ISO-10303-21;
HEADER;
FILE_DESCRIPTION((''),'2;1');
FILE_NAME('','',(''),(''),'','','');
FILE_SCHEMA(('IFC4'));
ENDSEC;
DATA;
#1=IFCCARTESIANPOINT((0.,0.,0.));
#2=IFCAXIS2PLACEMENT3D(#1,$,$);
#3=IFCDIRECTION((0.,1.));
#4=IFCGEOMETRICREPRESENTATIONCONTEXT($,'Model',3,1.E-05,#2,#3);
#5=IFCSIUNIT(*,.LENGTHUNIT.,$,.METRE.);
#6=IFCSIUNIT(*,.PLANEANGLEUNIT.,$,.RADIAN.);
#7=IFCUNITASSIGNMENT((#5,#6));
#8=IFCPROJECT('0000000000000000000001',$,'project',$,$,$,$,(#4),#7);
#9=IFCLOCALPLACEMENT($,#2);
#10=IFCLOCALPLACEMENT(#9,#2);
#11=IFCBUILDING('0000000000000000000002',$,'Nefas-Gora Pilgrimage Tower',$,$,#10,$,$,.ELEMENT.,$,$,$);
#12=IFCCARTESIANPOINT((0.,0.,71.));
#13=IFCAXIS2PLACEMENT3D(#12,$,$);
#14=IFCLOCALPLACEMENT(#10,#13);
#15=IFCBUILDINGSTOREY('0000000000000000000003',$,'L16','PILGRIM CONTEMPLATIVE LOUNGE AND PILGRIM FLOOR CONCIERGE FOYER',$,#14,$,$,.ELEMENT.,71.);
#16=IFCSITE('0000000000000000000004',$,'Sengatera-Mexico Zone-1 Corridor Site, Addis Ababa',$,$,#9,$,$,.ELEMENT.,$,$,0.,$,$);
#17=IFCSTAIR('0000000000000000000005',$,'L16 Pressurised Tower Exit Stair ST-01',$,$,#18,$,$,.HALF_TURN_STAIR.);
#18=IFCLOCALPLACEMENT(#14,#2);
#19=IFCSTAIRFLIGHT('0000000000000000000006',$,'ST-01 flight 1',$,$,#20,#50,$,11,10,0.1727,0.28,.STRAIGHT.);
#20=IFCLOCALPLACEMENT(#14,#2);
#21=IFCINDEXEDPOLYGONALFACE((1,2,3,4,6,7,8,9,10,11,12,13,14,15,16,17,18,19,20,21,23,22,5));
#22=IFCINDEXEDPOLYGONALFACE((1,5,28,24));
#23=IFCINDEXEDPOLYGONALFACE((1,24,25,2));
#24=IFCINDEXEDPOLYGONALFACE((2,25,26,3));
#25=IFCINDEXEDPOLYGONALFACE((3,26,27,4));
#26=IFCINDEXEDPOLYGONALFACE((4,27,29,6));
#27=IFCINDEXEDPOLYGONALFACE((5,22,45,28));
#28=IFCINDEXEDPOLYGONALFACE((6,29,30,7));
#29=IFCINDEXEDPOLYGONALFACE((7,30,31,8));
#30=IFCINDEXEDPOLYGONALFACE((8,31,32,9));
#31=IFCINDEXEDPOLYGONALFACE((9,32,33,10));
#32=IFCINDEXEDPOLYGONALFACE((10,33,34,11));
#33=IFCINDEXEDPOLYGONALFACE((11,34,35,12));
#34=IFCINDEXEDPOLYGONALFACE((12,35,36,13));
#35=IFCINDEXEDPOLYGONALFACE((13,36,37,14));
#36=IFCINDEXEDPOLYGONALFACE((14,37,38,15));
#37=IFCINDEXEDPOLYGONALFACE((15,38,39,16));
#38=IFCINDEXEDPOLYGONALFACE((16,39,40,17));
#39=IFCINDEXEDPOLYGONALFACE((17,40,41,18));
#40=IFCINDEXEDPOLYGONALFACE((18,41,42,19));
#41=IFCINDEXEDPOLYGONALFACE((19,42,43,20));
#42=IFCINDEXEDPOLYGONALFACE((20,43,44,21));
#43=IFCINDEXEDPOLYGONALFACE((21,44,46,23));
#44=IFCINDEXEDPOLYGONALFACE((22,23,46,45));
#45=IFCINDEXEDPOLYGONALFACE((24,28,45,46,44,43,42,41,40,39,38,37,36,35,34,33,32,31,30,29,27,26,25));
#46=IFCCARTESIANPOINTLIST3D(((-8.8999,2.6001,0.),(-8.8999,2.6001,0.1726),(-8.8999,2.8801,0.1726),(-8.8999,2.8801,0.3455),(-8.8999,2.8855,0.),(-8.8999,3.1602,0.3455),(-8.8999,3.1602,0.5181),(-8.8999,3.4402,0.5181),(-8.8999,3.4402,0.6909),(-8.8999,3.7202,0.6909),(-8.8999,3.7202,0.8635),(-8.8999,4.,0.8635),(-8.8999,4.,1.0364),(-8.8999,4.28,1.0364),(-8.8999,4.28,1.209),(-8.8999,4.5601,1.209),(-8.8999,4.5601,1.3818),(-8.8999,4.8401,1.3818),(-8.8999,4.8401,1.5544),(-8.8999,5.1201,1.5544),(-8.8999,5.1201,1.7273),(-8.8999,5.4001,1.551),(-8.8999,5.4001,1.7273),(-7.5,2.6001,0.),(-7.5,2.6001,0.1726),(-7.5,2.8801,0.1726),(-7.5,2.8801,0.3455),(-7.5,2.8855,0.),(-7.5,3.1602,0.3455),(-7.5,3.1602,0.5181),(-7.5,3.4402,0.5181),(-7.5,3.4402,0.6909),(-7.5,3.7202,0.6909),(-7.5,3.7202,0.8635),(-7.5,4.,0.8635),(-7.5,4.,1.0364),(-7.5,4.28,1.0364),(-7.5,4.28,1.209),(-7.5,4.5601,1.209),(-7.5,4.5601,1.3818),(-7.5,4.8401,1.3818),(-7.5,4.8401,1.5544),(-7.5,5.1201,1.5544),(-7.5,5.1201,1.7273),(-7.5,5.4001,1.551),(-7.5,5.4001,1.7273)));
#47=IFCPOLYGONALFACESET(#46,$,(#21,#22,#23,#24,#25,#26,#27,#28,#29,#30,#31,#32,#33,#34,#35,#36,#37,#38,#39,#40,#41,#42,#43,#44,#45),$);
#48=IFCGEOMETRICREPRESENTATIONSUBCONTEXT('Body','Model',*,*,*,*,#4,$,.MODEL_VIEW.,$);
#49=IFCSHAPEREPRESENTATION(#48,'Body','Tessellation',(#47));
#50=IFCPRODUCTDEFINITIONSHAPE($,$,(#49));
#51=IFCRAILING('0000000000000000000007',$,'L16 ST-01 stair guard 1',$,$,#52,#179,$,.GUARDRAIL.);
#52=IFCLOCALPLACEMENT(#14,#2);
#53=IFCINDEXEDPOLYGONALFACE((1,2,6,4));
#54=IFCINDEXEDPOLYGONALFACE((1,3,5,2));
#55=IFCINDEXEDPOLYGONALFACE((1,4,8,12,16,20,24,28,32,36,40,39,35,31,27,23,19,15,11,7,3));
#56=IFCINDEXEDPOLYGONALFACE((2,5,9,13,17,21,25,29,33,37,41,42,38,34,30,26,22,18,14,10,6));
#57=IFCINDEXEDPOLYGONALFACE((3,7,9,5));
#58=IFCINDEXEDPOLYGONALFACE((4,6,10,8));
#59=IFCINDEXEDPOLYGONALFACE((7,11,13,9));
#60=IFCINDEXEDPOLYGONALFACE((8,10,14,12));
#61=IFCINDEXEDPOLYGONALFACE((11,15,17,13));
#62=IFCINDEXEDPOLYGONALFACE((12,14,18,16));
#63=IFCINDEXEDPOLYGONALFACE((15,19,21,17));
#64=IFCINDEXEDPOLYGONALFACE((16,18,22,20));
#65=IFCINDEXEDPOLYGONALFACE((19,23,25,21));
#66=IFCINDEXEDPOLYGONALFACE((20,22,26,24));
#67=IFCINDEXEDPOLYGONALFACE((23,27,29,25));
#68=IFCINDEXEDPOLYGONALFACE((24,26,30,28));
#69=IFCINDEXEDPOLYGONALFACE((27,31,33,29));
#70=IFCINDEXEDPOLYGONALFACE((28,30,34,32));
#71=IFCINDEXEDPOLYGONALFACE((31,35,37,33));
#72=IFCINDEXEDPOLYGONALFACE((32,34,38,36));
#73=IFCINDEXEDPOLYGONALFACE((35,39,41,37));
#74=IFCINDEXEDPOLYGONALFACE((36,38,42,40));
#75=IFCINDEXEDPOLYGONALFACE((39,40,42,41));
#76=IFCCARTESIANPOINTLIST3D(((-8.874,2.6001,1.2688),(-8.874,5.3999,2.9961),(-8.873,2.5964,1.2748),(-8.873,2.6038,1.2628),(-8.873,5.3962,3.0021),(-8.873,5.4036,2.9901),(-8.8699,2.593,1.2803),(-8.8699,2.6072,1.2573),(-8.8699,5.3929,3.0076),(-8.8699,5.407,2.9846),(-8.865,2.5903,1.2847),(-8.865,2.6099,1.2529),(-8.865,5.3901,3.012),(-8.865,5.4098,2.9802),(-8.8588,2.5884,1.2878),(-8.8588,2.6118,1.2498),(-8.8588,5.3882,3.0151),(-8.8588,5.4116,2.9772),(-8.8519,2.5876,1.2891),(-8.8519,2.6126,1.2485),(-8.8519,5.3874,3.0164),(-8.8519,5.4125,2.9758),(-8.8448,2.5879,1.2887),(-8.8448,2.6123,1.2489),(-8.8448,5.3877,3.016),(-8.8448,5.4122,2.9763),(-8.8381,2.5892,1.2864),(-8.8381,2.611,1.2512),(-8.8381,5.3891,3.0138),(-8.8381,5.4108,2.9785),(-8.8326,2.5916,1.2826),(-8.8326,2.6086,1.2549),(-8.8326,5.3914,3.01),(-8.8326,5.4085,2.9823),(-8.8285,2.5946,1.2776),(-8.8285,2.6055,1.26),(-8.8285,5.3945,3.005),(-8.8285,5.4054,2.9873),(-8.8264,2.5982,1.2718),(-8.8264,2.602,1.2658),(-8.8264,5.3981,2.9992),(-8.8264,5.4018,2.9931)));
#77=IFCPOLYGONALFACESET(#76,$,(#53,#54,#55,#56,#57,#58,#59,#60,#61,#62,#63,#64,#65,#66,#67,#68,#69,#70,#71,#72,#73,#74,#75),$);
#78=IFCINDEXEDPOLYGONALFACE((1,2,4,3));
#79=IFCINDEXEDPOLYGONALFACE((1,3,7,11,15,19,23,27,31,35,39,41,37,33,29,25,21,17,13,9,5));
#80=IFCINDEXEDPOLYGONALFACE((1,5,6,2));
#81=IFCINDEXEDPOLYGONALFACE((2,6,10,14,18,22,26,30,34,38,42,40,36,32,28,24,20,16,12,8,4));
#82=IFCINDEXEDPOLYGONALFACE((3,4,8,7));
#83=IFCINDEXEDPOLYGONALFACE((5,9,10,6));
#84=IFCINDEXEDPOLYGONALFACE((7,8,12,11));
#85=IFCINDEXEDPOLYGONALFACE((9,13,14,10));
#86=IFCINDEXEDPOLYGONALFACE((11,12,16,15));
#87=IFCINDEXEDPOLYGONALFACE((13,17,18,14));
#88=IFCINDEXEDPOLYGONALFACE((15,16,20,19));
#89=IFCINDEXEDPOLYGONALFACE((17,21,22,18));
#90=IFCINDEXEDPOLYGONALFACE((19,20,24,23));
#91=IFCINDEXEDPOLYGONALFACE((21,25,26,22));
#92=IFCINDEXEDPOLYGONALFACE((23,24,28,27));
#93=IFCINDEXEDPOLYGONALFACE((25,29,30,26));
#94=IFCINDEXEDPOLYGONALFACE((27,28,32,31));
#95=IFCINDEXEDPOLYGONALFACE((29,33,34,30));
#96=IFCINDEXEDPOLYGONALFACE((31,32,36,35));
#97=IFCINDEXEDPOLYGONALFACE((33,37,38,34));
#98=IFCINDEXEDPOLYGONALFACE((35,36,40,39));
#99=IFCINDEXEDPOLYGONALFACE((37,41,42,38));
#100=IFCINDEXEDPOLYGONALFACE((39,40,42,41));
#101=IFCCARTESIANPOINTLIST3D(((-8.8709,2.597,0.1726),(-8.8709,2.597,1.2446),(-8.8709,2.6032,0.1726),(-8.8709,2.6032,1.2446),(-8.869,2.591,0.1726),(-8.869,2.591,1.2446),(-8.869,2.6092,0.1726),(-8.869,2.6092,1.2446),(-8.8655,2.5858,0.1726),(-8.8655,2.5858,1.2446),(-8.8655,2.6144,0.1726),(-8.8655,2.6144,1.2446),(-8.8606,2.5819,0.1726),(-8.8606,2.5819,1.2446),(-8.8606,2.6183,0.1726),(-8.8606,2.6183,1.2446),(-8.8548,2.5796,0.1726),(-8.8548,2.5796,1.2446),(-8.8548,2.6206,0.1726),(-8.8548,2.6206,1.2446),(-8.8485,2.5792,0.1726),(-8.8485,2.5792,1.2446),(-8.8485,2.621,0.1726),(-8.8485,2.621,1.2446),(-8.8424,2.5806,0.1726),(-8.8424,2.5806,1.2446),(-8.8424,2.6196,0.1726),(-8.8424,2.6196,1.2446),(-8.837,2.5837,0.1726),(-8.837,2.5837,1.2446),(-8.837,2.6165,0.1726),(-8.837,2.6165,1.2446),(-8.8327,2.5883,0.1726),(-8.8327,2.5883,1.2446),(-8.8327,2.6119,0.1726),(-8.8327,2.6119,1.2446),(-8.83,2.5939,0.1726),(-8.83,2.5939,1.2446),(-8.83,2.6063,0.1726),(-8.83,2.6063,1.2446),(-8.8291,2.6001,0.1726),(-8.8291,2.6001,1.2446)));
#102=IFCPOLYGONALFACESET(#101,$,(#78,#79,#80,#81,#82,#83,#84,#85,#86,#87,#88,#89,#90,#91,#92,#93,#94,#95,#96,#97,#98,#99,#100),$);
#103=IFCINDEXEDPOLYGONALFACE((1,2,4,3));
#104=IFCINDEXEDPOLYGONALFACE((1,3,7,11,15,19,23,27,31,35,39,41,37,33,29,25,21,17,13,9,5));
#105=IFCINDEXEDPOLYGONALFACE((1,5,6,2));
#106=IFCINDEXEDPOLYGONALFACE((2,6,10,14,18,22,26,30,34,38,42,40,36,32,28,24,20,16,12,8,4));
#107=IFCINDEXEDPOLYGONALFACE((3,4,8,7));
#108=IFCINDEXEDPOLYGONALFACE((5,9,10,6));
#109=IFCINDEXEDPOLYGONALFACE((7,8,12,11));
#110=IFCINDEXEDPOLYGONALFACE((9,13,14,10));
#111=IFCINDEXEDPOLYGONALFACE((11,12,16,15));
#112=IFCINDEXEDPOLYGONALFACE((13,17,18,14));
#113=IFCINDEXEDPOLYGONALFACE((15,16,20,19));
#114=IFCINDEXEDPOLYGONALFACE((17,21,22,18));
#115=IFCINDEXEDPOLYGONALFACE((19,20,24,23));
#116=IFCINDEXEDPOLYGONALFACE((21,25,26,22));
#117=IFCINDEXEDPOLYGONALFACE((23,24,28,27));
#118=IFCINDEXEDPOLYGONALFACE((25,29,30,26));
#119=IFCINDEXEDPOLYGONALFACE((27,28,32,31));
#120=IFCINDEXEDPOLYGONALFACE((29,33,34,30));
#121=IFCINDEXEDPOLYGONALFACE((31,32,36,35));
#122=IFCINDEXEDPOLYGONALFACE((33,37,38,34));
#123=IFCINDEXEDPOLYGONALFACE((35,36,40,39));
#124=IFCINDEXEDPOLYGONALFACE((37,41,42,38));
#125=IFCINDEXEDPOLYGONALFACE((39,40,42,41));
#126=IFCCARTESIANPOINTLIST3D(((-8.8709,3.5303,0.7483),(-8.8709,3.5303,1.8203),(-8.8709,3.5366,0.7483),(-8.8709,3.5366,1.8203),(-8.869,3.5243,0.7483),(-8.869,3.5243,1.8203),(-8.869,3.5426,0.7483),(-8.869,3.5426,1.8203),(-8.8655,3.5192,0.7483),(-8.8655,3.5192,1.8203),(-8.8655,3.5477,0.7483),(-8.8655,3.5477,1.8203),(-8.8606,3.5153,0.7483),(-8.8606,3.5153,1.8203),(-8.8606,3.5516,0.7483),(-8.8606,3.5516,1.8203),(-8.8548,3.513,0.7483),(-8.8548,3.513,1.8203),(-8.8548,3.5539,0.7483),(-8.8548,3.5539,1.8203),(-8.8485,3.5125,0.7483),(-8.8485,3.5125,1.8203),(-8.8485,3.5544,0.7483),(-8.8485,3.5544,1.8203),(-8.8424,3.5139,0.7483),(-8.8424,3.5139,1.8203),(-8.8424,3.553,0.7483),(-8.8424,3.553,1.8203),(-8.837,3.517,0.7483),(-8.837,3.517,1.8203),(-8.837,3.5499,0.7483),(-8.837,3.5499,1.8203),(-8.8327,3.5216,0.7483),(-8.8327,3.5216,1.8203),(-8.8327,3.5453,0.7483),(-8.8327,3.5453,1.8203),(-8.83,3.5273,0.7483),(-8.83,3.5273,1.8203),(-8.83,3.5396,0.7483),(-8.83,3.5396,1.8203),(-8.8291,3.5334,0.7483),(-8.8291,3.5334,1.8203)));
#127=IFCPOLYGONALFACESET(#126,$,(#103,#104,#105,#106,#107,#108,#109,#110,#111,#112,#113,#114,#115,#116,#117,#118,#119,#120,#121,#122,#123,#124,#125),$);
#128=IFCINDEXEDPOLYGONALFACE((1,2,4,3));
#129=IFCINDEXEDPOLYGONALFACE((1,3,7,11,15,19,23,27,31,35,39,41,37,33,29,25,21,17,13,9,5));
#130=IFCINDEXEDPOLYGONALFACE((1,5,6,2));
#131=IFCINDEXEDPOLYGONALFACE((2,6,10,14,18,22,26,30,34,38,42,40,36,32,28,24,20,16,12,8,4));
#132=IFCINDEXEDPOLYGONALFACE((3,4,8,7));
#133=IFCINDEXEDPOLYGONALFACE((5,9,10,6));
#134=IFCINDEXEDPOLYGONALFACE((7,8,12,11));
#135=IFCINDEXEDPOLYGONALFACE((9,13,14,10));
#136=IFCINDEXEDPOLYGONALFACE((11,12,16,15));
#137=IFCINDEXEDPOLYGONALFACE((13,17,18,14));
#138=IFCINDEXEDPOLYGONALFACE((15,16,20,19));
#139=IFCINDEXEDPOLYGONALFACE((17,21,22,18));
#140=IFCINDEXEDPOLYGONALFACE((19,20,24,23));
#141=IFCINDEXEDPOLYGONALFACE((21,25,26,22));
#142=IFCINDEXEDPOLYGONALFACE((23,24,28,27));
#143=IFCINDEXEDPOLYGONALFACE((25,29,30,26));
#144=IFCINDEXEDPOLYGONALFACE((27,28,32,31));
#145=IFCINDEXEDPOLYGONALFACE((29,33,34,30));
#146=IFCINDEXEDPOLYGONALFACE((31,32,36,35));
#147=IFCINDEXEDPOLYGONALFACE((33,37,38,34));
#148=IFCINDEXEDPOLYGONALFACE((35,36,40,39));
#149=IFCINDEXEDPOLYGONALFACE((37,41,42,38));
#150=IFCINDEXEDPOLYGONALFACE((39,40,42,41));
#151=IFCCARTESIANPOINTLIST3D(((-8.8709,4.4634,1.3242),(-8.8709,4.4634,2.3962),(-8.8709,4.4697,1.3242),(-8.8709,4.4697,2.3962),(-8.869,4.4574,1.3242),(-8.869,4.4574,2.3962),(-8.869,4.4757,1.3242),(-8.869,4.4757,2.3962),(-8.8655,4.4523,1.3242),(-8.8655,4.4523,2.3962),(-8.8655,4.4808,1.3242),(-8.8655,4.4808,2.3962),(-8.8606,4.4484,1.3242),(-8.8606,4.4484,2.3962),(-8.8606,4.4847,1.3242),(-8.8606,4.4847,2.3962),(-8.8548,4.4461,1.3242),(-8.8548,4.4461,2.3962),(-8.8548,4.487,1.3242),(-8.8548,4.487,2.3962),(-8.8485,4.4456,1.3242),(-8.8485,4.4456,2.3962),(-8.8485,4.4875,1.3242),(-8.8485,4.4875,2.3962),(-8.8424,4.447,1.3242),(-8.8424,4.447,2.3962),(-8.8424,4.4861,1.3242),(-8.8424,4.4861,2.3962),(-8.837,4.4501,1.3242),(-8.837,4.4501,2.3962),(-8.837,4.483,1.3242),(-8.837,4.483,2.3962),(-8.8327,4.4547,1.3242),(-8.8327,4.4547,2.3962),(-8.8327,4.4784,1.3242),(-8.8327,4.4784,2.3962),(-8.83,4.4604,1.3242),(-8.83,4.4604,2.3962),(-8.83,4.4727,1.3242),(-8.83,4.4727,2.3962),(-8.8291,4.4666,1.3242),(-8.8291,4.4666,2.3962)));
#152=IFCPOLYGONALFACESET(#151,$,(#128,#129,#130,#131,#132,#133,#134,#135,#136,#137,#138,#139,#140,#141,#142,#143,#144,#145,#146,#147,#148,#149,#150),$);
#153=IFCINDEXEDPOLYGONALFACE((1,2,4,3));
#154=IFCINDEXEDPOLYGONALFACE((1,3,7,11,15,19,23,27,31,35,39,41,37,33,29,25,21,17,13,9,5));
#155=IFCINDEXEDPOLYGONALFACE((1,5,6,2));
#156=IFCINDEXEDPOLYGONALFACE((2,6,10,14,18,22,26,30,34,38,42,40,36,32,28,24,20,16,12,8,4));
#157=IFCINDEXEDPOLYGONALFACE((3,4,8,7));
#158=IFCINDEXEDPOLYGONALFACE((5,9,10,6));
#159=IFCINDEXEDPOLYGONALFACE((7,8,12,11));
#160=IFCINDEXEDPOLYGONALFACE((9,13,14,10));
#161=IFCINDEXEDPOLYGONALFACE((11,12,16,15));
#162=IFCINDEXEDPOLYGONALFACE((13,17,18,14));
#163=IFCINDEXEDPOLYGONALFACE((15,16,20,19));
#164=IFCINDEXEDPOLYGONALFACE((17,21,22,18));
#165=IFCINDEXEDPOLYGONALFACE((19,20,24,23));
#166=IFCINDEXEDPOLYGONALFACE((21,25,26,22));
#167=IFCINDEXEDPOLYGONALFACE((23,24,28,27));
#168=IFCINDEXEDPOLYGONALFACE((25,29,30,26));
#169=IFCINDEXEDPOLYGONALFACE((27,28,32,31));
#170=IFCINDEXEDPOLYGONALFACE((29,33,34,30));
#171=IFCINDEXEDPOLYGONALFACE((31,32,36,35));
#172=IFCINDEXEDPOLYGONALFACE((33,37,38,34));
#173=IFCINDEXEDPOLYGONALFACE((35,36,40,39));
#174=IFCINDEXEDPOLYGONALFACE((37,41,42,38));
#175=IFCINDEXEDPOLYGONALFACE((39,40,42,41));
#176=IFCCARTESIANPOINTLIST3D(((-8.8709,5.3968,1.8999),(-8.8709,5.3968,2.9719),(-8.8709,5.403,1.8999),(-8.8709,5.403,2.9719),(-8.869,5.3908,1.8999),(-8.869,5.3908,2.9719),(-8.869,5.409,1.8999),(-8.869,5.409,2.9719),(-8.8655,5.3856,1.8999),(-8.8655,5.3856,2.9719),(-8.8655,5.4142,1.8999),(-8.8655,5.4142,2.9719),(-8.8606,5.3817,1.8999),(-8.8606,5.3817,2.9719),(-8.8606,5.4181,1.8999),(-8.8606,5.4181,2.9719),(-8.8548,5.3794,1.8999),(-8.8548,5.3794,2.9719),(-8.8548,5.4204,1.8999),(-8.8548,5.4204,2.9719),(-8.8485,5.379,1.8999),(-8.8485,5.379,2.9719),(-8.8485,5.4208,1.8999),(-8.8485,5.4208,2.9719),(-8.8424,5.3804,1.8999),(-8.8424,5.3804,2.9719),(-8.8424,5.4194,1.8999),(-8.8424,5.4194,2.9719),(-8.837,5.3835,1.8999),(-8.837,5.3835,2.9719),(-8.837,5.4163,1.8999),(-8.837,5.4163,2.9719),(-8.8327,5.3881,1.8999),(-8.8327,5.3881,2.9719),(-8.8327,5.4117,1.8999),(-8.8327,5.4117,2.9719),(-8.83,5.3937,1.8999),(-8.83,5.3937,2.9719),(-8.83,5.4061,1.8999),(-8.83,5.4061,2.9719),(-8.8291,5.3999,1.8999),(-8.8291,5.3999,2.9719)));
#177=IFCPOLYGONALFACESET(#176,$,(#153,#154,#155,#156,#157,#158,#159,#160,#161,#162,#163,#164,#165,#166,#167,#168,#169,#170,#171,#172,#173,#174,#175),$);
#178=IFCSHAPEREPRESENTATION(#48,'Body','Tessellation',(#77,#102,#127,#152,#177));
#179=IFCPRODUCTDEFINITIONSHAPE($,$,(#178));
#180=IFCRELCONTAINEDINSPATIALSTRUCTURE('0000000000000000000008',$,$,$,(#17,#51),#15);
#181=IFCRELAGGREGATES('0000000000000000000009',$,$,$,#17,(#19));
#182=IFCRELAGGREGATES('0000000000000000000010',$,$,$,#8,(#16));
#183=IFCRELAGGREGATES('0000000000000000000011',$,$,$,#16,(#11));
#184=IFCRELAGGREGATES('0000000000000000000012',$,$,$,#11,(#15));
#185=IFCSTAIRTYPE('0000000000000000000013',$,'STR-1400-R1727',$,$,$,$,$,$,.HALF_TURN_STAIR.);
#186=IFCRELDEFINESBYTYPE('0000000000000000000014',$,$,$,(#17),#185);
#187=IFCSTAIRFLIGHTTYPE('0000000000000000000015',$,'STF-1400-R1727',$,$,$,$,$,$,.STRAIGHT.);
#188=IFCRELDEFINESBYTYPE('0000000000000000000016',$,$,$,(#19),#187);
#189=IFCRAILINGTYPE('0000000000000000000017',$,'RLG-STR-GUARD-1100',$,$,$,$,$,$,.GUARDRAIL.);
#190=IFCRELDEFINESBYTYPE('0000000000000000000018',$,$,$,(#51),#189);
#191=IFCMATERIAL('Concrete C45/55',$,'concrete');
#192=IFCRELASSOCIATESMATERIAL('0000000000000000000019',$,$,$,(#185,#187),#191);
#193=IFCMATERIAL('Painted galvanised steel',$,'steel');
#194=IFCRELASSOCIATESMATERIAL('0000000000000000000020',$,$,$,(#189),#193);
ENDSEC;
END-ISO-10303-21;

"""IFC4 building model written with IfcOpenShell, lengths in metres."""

from ifc_helpers import new_model, si_unit, direction, frame, origin, origin_2d, place, context, subcontext, project, spatial, polyline, circle, outline, extrude, source, transform, mapped, material, type_object, element, aggregate, save


model = new_model("IFC4")

# Units and contexts
model_context = context("Model", 3, precision=1e-05, world=origin(), true_north=direction((0.0, 1.0)))
body_context = subcontext(model_context, "Body", "Model", "MODEL_VIEW")
ifc_project = project(units=[si_unit("LENGTHUNIT", "METRE"), si_unit("PLANEANGLEUNIT", "RADIAN")], contexts=[model_context])

# Site, building, storey
site_placement = place(None, origin())
site = spatial("IfcSite", under=ifc_project, at=site_placement, Name="Sengatera-Mexico Zone-1 Corridor Site, Addis Ababa", CompositionType="ELEMENT", RefElevation=0.0)
building_placement = place(site_placement, origin())
building = spatial("IfcBuilding", under=site, at=building_placement, Name="Nefas-Gora Pilgrimage Tower", CompositionType="ELEMENT")
storey_placement = place(building_placement, frame((0.0, 0.0, 71.0)))
storey = spatial("IfcBuildingStorey", under=building, at=storey_placement, Name="L16", Description="PILGRIM CONTEMPLATIVE LOUNGE AND PILGRIM FLOOR CONCIERGE FOYER", CompositionType="ELEMENT", Elevation=71.0)

# Stair
ifc_material_1 = material(Name="Concrete C45/55", Category="concrete")
stair_type = type_object("IfcStairType", Name="STR-1400-R1727", PredefinedType="HALF_TURN_STAIR", material=ifc_material_1)
stair_1_placement = place(storey_placement, origin())
stair_1 = element("IfcStair", 1, at=stair_1_placement, inside=storey, type_object=stair_type, Name="L16 Pressurised Tower Exit Stair ST-01", PredefinedType="HALF_TURN_STAIR")

# Stair flight
stair_flight_type = type_object("IfcStairFlightType", Name="STF-1400-R1727", PredefinedType="STRAIGHT", material=ifc_material_1)
shared_shape_1 = source(origin(), body_context, "Body", "SweptSolid", [
    extrude(outline(polyline([(0.0, 0.0), (0.0, 0.1726), (0.28, 0.1726), (0.28, 0.3455), (0.5601, 0.3455), (0.5601, 0.5181), (0.8401, 0.5181), (0.8401, 0.6909), (1.1201, 0.6909), (1.1201, 0.8635), (1.3999, 0.8635), (1.3999, 1.0364), (1.6799, 1.0364), (1.6799, 1.209), (1.96, 1.209), (1.96, 1.3818), (2.24, 1.3818), (2.24, 1.5544), (2.52, 1.5544), (2.52, 1.7273), (2.8, 1.7273), (2.8, 1.8999), (2.8, 1.551), (0.2854, 0.0), (0.0, 0.0)])), frame((0.0, 0.7, 0.0), z_axis=(0.0, -1.0, 0.0), x_axis=(1.0, 0.0, 0.0)), (0.0, 0.0, 1.0), 1.3999),
])
stair_flight_placement = place(storey_placement, frame((-8.2, 2.6001, 0.0), z_axis=(0.0, 0.0, 1.0), x_axis=(0.0, 1.0, 0.0)))
stair_flight = element("IfcStairFlight", 2, at=stair_flight_placement, type_object=stair_flight_type, Name="ST-01 flight 1", NumberOfRisers=11, NumberOfTreads=10, PredefinedType="STRAIGHT", RiserHeight=0.1727, TreadLength=0.28, context=body_context, shape_type="MappedRepresentation", body=[
    mapped(shared_shape_1, transform((0.0, 0.0, 0.0), x_axis=(1.0, 0.0, 0.0), y_axis=(0.0, 1.0, 0.0), z_axis=(0.0, 0.0, 1.0), scale=1.0)),
])
aggregate(stair_1, [stair_flight])

# Railing
ifc_material_2 = material(Name="Painted galvanised steel", Category="steel")
railing_type_1 = type_object("IfcRailingType", Name="RLG-STR-GUARD-1100", PredefinedType="GUARDRAIL", material=ifc_material_2)
railing_1_placement = place(storey_placement, frame((-8.8501, 2.6001, 0.1726)))
element("IfcRailing", 3, at=railing_1_placement, inside=storey, type_object=railing_type_1, Name="L16 ST-01 stair guard 1", PredefinedType="GUARDRAIL", context=body_context, shape_type="SweptSolid", body=[
    extrude(circle(Radius=0.0239, at=origin_2d()), frame((0.0, 0.0, 1.0962), z_axis=(0.0, 0.851069, 0.525054), x_axis=(-1.0, 0.0, 0.0)), (0.0, 0.0, 1.0), 3.2898),
    extrude(circle(Radius=0.021, at=origin_2d()), origin(), (0.0, 0.0, 1.0), 1.072),
    extrude(circle(Radius=0.021, at=origin_2d()), frame((0.0, 0.9333, 0.5757)), (0.0, 0.0, 1.0), 1.072),
    extrude(circle(Radius=0.021, at=origin_2d()), frame((0.0, 1.8665, 1.1516)), (0.0, 0.0, 1.0), 1.072),
    extrude(circle(Radius=0.021, at=origin_2d()), frame((0.0, 2.7998, 1.7273)), (0.0, 0.0, 1.0), 1.072),
])

save(model, "model.ifc")
